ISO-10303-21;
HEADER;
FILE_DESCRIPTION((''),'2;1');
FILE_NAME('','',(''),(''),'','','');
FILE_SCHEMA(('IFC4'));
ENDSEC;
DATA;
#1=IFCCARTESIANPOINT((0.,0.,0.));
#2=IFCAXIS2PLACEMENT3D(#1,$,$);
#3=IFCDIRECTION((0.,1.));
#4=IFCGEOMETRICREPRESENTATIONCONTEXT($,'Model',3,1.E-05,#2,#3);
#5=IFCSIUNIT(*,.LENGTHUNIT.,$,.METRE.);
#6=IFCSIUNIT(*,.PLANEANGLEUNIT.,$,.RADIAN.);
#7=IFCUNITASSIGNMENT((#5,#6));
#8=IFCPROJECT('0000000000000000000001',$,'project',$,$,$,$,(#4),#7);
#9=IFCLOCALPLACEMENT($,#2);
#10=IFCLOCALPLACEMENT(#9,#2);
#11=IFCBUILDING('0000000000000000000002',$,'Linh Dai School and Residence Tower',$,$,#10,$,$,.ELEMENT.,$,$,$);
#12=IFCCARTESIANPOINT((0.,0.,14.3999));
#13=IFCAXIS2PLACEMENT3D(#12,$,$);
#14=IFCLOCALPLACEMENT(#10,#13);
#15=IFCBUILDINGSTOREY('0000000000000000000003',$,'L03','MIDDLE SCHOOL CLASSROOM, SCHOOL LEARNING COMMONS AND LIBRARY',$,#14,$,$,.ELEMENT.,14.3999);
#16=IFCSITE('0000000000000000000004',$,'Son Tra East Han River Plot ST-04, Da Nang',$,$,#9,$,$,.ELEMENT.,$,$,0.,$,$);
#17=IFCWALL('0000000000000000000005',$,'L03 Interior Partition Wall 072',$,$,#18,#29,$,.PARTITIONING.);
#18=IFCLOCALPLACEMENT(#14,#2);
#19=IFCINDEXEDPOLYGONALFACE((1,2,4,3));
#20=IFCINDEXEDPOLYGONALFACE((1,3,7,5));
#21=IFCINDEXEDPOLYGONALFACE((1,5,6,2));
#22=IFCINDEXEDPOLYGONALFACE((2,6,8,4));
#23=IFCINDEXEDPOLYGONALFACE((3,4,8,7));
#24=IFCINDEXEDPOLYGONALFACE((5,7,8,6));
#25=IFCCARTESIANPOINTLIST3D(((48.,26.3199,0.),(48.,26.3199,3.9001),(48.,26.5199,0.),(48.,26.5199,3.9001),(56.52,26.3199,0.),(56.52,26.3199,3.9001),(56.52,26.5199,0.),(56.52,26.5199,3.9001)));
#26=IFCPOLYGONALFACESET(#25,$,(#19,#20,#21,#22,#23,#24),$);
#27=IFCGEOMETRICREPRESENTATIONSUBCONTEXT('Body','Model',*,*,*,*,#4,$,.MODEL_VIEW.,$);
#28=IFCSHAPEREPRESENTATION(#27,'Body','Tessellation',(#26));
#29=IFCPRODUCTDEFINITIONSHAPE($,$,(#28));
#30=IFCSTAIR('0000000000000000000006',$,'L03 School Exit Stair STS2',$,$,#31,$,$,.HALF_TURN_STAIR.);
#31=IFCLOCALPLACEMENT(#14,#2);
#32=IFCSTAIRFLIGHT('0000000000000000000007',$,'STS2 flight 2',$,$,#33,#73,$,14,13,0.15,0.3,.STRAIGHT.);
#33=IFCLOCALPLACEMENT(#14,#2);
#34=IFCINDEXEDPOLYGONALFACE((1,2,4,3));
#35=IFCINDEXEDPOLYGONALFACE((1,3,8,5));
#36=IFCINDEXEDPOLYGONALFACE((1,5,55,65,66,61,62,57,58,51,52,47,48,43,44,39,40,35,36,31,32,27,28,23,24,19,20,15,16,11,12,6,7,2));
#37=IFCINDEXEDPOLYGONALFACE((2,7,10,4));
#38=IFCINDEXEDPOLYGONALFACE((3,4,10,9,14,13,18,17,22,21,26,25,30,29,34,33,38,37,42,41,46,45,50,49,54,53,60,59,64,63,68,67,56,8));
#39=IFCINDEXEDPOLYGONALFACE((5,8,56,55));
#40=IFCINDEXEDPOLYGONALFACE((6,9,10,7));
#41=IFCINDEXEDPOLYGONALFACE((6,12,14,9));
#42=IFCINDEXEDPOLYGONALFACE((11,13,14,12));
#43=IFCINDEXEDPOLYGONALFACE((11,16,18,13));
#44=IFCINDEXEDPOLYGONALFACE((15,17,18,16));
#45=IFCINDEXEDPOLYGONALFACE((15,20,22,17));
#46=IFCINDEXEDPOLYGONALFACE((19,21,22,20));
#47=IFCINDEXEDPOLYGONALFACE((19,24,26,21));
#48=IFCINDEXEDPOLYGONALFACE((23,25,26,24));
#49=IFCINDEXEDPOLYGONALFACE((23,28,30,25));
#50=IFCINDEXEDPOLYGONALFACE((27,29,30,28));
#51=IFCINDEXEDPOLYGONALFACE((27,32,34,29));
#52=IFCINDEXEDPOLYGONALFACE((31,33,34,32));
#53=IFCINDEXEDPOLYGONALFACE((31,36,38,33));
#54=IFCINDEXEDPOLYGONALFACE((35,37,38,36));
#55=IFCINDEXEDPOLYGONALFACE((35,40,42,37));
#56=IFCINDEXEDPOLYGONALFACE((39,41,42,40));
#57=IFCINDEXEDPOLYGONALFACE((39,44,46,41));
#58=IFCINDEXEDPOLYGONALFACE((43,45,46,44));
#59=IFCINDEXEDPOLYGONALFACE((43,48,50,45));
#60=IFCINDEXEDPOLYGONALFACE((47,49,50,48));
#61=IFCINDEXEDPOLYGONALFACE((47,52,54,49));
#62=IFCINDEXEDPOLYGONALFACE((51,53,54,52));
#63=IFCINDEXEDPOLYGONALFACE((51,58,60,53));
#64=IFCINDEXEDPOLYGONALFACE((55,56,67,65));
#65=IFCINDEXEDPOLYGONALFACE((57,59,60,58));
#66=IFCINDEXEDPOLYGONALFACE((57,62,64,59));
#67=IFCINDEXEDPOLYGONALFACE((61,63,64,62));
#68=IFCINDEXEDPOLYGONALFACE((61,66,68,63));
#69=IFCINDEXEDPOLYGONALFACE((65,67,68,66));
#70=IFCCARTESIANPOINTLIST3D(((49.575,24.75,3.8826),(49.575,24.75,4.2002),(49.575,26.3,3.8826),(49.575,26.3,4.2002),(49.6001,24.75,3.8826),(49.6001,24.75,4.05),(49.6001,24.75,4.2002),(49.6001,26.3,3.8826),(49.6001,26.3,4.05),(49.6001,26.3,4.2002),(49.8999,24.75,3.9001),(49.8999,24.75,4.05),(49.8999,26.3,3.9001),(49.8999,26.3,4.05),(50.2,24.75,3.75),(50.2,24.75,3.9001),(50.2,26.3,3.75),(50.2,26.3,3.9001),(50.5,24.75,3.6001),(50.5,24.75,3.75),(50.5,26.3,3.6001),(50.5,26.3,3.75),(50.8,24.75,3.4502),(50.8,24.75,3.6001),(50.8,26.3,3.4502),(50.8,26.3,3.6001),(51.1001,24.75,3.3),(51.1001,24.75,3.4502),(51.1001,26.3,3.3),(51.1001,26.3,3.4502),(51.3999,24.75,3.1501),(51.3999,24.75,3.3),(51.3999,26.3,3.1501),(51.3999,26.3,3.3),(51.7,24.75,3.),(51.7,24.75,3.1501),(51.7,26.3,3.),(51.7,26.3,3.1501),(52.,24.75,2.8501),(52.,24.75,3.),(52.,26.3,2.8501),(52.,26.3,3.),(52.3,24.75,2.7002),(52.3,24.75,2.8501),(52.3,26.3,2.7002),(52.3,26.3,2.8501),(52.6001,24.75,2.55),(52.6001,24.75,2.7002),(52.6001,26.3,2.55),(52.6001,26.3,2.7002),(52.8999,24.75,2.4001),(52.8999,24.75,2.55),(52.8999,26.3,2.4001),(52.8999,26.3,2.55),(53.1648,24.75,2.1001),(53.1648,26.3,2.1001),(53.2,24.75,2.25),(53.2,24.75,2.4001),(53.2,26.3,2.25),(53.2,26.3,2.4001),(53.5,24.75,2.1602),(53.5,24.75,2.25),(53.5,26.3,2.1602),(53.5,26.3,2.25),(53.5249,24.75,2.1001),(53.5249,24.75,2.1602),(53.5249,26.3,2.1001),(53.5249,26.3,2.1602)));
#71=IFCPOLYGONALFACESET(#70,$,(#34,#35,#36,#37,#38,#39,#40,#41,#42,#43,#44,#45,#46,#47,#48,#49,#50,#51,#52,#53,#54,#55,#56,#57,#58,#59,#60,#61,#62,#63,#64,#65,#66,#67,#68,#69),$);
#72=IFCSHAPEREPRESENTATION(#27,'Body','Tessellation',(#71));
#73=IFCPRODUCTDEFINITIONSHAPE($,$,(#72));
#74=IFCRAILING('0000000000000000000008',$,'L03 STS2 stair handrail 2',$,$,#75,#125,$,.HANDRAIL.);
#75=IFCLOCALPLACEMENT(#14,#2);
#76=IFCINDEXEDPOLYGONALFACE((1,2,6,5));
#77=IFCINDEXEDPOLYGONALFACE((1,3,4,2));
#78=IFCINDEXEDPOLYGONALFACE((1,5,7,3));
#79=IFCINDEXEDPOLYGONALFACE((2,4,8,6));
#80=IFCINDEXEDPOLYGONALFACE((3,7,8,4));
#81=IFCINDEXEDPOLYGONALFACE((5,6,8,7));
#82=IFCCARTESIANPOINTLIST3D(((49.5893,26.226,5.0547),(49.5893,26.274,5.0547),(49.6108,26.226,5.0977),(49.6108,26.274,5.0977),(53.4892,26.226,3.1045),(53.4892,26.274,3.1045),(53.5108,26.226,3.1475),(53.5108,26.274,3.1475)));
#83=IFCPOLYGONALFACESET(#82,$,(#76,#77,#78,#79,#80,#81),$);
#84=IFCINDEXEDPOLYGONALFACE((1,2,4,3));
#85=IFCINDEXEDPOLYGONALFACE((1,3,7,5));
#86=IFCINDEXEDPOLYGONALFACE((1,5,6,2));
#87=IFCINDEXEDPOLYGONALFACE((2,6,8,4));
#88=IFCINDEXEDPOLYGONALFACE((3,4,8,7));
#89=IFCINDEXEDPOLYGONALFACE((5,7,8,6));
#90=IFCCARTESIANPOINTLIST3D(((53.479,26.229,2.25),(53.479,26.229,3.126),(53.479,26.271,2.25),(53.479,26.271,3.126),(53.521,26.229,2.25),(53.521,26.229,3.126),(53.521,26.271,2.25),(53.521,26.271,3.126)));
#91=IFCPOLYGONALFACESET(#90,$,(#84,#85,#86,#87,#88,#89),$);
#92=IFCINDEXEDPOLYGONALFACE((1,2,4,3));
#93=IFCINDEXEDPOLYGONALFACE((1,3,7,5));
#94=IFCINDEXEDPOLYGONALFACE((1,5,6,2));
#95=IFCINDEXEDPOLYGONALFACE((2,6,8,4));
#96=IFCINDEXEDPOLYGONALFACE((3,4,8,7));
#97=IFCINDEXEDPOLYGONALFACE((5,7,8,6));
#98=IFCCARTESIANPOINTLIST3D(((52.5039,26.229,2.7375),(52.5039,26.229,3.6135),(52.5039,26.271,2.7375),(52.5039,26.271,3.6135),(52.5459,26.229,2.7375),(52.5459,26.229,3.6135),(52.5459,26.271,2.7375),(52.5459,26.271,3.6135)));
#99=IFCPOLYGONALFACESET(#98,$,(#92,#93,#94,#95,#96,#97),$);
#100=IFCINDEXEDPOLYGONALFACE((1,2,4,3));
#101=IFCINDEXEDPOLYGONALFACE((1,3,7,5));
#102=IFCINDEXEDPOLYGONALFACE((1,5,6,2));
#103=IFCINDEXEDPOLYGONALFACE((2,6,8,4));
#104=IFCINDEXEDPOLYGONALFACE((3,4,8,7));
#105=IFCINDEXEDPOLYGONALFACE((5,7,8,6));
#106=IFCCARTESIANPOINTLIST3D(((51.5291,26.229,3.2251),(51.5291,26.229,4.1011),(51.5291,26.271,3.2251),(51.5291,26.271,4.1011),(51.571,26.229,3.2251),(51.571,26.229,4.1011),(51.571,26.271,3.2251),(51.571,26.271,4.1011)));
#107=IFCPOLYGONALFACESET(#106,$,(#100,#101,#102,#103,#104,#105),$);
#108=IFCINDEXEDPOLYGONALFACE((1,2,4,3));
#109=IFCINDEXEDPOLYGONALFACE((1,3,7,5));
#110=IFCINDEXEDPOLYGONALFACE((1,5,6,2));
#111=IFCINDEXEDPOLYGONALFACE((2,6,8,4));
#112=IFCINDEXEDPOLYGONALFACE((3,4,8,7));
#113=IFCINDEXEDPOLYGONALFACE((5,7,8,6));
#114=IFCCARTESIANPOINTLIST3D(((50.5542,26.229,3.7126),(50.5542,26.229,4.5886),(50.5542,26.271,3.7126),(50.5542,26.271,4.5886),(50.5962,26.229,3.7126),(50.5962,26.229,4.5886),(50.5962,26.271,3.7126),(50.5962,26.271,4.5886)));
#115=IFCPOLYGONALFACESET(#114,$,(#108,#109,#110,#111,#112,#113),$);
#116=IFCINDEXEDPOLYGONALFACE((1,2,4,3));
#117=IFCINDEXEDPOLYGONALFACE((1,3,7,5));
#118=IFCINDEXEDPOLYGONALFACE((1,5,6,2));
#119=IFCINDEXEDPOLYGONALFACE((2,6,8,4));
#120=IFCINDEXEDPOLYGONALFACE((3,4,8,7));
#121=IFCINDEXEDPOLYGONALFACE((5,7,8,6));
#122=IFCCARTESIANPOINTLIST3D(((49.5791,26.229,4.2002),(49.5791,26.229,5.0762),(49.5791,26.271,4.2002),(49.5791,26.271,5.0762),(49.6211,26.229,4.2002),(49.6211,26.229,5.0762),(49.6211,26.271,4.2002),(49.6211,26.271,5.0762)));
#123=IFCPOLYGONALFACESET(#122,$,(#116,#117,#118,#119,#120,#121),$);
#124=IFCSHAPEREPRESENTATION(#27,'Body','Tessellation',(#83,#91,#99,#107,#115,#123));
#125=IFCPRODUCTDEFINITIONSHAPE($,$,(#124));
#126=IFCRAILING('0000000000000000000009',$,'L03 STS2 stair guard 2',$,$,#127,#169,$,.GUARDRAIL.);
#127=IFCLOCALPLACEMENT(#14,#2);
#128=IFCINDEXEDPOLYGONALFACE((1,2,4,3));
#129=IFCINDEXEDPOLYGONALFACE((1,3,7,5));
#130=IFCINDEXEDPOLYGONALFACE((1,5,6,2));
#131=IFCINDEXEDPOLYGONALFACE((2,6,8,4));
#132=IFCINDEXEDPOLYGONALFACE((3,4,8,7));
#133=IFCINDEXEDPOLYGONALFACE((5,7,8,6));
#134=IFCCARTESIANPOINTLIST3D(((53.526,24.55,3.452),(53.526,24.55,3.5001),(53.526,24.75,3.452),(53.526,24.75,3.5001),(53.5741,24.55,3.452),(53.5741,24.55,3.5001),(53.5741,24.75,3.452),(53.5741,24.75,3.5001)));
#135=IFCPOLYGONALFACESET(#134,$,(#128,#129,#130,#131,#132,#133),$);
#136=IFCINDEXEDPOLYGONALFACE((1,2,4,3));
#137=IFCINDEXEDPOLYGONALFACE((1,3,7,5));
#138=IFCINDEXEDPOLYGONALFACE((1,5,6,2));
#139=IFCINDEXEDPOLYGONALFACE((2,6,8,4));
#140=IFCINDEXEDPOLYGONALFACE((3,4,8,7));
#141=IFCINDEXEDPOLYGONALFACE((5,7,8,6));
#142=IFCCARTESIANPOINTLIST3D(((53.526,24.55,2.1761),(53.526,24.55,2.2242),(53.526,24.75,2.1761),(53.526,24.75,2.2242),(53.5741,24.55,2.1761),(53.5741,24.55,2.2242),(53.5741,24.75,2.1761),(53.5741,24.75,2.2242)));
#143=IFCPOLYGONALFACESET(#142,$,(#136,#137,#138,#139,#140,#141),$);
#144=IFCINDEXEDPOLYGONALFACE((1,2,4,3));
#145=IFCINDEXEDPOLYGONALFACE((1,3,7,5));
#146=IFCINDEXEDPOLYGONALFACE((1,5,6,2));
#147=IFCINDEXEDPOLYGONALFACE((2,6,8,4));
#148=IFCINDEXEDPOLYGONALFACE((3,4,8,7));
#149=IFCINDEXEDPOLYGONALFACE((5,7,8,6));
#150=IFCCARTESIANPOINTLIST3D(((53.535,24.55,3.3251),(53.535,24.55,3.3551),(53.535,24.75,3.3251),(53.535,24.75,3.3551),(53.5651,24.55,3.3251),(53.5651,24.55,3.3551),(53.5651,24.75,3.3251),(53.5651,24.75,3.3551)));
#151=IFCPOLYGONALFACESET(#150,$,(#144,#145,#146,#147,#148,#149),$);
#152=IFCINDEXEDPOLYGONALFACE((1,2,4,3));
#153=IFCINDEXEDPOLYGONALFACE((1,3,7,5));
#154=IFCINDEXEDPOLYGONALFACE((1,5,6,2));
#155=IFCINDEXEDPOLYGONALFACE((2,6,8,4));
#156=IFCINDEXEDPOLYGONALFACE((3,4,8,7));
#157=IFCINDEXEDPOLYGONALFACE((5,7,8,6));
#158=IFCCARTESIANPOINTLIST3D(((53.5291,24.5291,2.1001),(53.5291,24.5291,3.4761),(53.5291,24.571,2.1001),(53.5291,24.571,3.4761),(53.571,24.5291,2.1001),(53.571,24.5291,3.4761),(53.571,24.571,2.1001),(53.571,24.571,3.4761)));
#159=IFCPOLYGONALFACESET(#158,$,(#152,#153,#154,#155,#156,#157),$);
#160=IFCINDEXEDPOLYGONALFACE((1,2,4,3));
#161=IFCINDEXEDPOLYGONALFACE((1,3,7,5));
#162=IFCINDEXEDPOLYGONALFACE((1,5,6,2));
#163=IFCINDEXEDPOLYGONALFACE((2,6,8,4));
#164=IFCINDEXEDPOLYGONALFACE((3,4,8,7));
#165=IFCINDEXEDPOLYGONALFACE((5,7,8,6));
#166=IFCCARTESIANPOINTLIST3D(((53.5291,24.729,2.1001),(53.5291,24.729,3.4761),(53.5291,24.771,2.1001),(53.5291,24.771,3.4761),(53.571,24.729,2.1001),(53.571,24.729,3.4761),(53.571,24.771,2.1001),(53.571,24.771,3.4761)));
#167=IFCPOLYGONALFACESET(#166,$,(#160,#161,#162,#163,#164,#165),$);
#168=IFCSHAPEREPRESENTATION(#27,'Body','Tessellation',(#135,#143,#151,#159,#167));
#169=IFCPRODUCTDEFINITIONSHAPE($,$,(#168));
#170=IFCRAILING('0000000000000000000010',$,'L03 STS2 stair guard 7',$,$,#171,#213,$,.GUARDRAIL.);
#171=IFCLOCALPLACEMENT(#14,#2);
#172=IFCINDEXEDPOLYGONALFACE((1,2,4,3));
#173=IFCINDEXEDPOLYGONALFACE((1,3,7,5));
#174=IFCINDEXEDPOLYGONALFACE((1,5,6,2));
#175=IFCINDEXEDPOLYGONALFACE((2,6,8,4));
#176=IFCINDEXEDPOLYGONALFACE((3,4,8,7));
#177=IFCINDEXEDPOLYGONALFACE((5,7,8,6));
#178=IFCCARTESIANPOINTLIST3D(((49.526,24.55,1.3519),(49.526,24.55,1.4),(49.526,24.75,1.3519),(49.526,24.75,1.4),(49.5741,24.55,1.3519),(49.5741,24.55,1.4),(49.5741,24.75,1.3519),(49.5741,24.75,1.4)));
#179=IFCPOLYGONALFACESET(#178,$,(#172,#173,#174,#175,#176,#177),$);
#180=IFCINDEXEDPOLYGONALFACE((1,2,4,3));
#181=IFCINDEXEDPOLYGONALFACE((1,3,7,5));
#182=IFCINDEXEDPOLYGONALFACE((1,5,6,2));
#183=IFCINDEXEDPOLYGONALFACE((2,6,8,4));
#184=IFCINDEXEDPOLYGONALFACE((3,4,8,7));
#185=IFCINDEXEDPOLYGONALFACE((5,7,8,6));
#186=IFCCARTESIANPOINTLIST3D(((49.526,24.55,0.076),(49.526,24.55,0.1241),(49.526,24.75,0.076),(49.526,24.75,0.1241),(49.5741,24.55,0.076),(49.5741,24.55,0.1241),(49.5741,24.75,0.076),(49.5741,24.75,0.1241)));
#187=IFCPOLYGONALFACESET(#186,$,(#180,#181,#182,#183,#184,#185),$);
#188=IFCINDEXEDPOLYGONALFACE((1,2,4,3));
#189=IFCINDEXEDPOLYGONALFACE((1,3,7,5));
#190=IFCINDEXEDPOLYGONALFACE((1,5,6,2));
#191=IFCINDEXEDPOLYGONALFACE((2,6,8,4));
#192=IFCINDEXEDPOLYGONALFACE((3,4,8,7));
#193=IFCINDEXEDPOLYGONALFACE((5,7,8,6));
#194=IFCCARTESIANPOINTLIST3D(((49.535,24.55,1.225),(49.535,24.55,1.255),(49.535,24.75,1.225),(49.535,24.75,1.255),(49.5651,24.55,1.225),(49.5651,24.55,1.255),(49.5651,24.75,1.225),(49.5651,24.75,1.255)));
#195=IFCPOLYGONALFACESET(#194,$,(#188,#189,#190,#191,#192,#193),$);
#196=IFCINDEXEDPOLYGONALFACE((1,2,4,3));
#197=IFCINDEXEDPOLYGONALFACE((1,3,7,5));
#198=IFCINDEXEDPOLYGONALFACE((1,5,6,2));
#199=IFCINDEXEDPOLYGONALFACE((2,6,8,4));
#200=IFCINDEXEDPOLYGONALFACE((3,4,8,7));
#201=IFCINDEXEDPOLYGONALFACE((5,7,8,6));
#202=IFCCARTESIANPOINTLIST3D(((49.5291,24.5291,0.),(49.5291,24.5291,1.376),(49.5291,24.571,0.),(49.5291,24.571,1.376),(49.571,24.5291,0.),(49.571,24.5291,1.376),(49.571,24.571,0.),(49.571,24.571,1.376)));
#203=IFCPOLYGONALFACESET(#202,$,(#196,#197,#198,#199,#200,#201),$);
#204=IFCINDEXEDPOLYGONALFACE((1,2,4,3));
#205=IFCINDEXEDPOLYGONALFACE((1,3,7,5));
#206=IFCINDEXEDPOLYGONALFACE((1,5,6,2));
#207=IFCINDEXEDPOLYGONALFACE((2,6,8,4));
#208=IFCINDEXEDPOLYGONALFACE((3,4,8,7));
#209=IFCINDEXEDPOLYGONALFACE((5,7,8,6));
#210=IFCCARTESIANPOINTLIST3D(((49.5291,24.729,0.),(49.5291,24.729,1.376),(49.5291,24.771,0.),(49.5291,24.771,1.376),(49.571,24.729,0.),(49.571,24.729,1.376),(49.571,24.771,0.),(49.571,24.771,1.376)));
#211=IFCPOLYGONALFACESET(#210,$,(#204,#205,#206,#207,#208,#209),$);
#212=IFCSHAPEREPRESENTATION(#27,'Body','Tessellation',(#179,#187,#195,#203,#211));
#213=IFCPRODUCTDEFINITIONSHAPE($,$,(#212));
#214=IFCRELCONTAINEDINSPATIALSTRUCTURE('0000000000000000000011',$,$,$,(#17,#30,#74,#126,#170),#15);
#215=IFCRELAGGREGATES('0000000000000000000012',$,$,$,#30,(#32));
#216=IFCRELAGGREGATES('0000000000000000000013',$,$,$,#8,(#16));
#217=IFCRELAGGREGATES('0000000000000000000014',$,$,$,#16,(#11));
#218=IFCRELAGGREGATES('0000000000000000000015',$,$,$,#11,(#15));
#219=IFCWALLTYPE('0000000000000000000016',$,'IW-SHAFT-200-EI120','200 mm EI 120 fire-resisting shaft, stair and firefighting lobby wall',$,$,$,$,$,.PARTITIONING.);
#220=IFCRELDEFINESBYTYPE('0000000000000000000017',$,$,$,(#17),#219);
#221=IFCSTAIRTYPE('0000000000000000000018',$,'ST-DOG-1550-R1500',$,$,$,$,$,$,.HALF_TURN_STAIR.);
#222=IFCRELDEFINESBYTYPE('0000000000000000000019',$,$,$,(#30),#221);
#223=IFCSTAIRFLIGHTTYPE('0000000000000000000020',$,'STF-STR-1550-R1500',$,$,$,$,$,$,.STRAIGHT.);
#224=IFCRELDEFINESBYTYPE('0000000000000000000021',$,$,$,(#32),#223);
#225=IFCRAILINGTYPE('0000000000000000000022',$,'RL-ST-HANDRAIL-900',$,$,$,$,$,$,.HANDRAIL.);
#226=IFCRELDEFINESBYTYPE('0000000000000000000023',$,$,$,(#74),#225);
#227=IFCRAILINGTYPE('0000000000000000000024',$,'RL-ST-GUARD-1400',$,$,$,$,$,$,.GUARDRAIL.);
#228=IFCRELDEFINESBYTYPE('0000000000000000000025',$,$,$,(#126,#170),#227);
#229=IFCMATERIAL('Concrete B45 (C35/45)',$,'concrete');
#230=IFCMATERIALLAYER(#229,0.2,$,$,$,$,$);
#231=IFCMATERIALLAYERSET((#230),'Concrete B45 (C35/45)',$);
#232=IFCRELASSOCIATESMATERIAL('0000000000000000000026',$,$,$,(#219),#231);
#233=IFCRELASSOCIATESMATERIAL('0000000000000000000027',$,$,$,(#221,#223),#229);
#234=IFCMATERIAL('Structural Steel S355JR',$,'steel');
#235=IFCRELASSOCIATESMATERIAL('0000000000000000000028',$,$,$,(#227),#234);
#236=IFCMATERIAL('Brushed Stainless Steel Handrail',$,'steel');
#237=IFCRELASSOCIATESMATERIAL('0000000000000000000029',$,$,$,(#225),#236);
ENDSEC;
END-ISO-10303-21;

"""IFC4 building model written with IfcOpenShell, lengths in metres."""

from ifc_helpers import new_model, si_unit, direction, frame, frame_2d, origin, origin_2d, place, context, subcontext, project, spatial, polyline, rectangle, outline, extrude, source, transform, mapped, material, layer, layer_set, type_object, element, aggregate, save


model = new_model("IFC4")

# Units and contexts
model_context = context("Model", 3, precision=1e-05, world=origin(), true_north=direction((0.0, 1.0)))
body_context = subcontext(model_context, "Body", "Model", "MODEL_VIEW")
ifc_project = project(units=[si_unit("LENGTHUNIT", "METRE"), si_unit("PLANEANGLEUNIT", "RADIAN")], contexts=[model_context])

# Site, building, storey
site_placement = place(None, origin())
site = spatial("IfcSite", under=ifc_project, at=site_placement, Name="Son Tra East Han River Plot ST-04, Da Nang", CompositionType="ELEMENT", RefElevation=0.0)
building_placement = place(site_placement, origin())
building = spatial("IfcBuilding", under=site, at=building_placement, Name="Linh Dai School and Residence Tower", CompositionType="ELEMENT")
storey_placement = place(building_placement, frame((0.0, 0.0, 14.3999)))
storey = spatial("IfcBuildingStorey", under=building, at=storey_placement, Name="L03", Description="MIDDLE SCHOOL CLASSROOM, SCHOOL LEARNING COMMONS AND LIBRARY", CompositionType="ELEMENT", Elevation=14.3999)

# Shared definitions
ifc_material_1 = material(Name="Structural Steel S355JR", Category="steel")

# Wall
ifc_material_2 = material(Name="Concrete B45 (C35/45)", Category="concrete")
ifc_layer_1 = layer(ifc_material_2, 0.2)
ifc_layer_set_1 = layer_set([ifc_layer_1], Name="Concrete B45 (C35/45)")
wall_type_1 = type_object("IfcWallType", Name="IW-SHAFT-200-EI120", Description="200 mm EI 120 fire-resisting shaft, stair and firefighting lobby wall", PredefinedType="PARTITIONING", material=ifc_layer_set_1)
wall_1_placement = place(storey_placement, frame((48.0, 26.4199, 0.0), z_axis=(0.0, 0.0, 1.0), x_axis=(1.0, 0.0, 0.0)))
element("IfcWall", 1, at=wall_1_placement, inside=storey, type_object=wall_type_1, Name="L03 Interior Partition Wall 072", PredefinedType="PARTITIONING", context=body_context, shape_type="SweptSolid", body=[
    extrude(rectangle(XDim=8.52, YDim=0.2, at=frame_2d((4.26, 0.0))), origin(), (0.0, 0.0, 1.0), 3.9001),
])

# Stair, stair flight
stair_type = type_object("IfcStairType", Name="ST-DOG-1550-R1500", PredefinedType="HALF_TURN_STAIR", material=ifc_material_2)
stair_placement = place(storey_placement, origin())
stair = element("IfcStair", 2, at=stair_placement, inside=storey, type_object=stair_type, Name="L03 School Exit Stair STS2", PredefinedType="HALF_TURN_STAIR")
stair_flight_type = type_object("IfcStairFlightType", Name="STF-STR-1550-R1500", PredefinedType="STRAIGHT", material=ifc_material_2)
shared_shape_1 = source(origin(), body_context, "Body", "SweptSolid", [
    extrude(outline(polyline([(-0.0249, 0.0), (-0.0249, 0.0601), (0.0, 0.0601), (0.0, 0.1499), (0.3, 0.1499), (0.3, 0.3), (0.6001, 0.3), (0.6001, 0.45), (0.8999, 0.45), (0.8999, 0.6001), (1.2, 0.6001), (1.2, 0.75), (1.5, 0.75), (1.5, 0.8999), (1.8, 0.8999), (1.8, 1.05), (2.1001, 1.05), (2.1001, 1.2), (2.3999, 1.2), (2.3999, 1.3501), (2.7, 1.3501), (2.7, 1.5), (3.0, 1.5), (3.0, 1.6499), (3.3, 1.6499), (3.3, 1.8), (3.6001, 1.8), (3.6001, 1.95), (3.8999, 1.95), (3.8999, 2.1001), (3.925, 2.1001), (3.925, 1.7825), (3.8999, 1.7825), (0.3352, 0.0), (-0.0249, 0.0)])), frame((0.0, 0.7749, 0.0), z_axis=(0.0, -1.0, 0.0), x_axis=(1.0, 0.0, 0.0)), (0.0, 0.0, 1.0), 1.55),
])
stair_flight_placement = place(storey_placement, frame((53.5, 25.5249, 2.1001), z_axis=(0.0, 0.0, 1.0), x_axis=(-1.0, 0.0, 0.0)))
stair_flight = element("IfcStairFlight", 3, at=stair_flight_placement, type_object=stair_flight_type, Name="STS2 flight 2", NumberOfRisers=14, NumberOfTreads=13, PredefinedType="STRAIGHT", RiserHeight=0.15, TreadLength=0.3, context=body_context, shape_type="MappedRepresentation", body=[
    mapped(shared_shape_1, transform((0.0, 0.0, 0.0), x_axis=(1.0, 0.0, 0.0), y_axis=(0.0, 1.0, 0.0), z_axis=(0.0, 0.0, 1.0), scale=1.0)),
])
aggregate(stair, [stair_flight])

# Railings
railing_type_1 = type_object("IfcRailingType", Name="RL-ST-GUARD-1400", PredefinedType="GUARDRAIL", material=ifc_material_1)
ifc_material_3 = material(Name="Brushed Stainless Steel Handrail", Category="steel")
railing_type_2 = type_object("IfcRailingType", Name="RL-ST-HANDRAIL-900", PredefinedType="HANDRAIL", material=ifc_material_3)
shared_shape_2 = source(origin(), body_context, "Body", "SweptSolid", [
    extrude(rectangle(XDim=0.0481, YDim=0.0481, at=origin_2d()), frame((0.0, 0.0, 0.876), z_axis=(-0.894405, 0.0, 0.447258), x_axis=(0.0, -1.0, 0.0)), (0.0, 0.0, 1.0), 4.3604),
    extrude(rectangle(XDim=0.042, YDim=0.042, at=origin_2d()), origin(), (0.0, 0.0, 1.0), 0.876),
    extrude(rectangle(XDim=0.042, YDim=0.042, at=origin_2d()), frame((-0.9751, 0.0, 0.4875)), (0.0, 0.0, 1.0), 0.876),
    extrude(rectangle(XDim=0.042, YDim=0.042, at=origin_2d()), frame((-1.95, 0.0, 0.9751)), (0.0, 0.0, 1.0), 0.876),
    extrude(rectangle(XDim=0.042, YDim=0.042, at=origin_2d()), frame((-2.9248, 0.0, 1.4626)), (0.0, 0.0, 1.0), 0.876),
    extrude(rectangle(XDim=0.042, YDim=0.042, at=origin_2d()), frame((-3.8999, 0.0, 1.9502)), (0.0, 0.0, 1.0), 0.876),
])
railing_1_placement = place(storey_placement, frame((53.5, 26.25, 2.25)))
element("IfcRailing", 4, at=railing_1_placement, inside=storey, type_object=railing_type_2, Name="L03 STS2 stair handrail 2", PredefinedType="HANDRAIL", context=body_context, shape_type="MappedRepresentation", body=[
    mapped(shared_shape_2, transform((0.0, 0.0, 0.0), x_axis=(1.0, 0.0, 0.0), y_axis=(0.0, 1.0, 0.0), z_axis=(0.0, 0.0, 1.0), scale=1.0)),
])
shared_shape_3 = source(origin(), body_context, "Body", "SweptSolid", [
    extrude(rectangle(XDim=0.0481, YDim=0.0481, at=origin_2d()), frame((0.0, 0.0, 1.376), z_axis=(0.0, 1.0, 0.0), x_axis=(-1.0, 0.0, 0.0)), (0.0, 0.0, 1.0), 0.2),
    extrude(rectangle(XDim=0.0481, YDim=0.0481, at=origin_2d()), frame((0.0, 0.0, 0.1001), z_axis=(0.0, 1.0, 0.0), x_axis=(-1.0, 0.0, 0.0)), (0.0, 0.0, 1.0), 0.2),
    extrude(rectangle(XDim=0.03, YDim=0.03, at=origin_2d()), frame((0.0, 0.0, 1.24), z_axis=(0.0, 1.0, 0.0), x_axis=(-1.0, 0.0, 0.0)), (0.0, 0.0, 1.0), 0.2),
    extrude(rectangle(XDim=0.042, YDim=0.042, at=origin_2d()), origin(), (0.0, 0.0, 1.0), 1.376),
    extrude(rectangle(XDim=0.042, YDim=0.042, at=origin_2d()), frame((0.0, 0.2, 0.0)), (0.0, 0.0, 1.0), 1.376),
])
for number, where, name in (
    (5, (53.55, 24.55, 2.1001), "L03 STS2 stair guard 2"),
    (6, (49.55, 24.55, 0.0), "L03 STS2 stair guard 7"),
):
    element("IfcRailing", number, at=place(storey_placement, frame(where)), inside=storey, type_object=railing_type_1, Name=name, PredefinedType="GUARDRAIL", context=body_context, shape_type="MappedRepresentation", body=[
        mapped(shared_shape_3, transform((0.0, 0.0, 0.0), x_axis=(1.0, 0.0, 0.0), y_axis=(0.0, 1.0, 0.0), z_axis=(0.0, 0.0, 1.0), scale=1.0)),
    ])

save(model, "model.ifc")
